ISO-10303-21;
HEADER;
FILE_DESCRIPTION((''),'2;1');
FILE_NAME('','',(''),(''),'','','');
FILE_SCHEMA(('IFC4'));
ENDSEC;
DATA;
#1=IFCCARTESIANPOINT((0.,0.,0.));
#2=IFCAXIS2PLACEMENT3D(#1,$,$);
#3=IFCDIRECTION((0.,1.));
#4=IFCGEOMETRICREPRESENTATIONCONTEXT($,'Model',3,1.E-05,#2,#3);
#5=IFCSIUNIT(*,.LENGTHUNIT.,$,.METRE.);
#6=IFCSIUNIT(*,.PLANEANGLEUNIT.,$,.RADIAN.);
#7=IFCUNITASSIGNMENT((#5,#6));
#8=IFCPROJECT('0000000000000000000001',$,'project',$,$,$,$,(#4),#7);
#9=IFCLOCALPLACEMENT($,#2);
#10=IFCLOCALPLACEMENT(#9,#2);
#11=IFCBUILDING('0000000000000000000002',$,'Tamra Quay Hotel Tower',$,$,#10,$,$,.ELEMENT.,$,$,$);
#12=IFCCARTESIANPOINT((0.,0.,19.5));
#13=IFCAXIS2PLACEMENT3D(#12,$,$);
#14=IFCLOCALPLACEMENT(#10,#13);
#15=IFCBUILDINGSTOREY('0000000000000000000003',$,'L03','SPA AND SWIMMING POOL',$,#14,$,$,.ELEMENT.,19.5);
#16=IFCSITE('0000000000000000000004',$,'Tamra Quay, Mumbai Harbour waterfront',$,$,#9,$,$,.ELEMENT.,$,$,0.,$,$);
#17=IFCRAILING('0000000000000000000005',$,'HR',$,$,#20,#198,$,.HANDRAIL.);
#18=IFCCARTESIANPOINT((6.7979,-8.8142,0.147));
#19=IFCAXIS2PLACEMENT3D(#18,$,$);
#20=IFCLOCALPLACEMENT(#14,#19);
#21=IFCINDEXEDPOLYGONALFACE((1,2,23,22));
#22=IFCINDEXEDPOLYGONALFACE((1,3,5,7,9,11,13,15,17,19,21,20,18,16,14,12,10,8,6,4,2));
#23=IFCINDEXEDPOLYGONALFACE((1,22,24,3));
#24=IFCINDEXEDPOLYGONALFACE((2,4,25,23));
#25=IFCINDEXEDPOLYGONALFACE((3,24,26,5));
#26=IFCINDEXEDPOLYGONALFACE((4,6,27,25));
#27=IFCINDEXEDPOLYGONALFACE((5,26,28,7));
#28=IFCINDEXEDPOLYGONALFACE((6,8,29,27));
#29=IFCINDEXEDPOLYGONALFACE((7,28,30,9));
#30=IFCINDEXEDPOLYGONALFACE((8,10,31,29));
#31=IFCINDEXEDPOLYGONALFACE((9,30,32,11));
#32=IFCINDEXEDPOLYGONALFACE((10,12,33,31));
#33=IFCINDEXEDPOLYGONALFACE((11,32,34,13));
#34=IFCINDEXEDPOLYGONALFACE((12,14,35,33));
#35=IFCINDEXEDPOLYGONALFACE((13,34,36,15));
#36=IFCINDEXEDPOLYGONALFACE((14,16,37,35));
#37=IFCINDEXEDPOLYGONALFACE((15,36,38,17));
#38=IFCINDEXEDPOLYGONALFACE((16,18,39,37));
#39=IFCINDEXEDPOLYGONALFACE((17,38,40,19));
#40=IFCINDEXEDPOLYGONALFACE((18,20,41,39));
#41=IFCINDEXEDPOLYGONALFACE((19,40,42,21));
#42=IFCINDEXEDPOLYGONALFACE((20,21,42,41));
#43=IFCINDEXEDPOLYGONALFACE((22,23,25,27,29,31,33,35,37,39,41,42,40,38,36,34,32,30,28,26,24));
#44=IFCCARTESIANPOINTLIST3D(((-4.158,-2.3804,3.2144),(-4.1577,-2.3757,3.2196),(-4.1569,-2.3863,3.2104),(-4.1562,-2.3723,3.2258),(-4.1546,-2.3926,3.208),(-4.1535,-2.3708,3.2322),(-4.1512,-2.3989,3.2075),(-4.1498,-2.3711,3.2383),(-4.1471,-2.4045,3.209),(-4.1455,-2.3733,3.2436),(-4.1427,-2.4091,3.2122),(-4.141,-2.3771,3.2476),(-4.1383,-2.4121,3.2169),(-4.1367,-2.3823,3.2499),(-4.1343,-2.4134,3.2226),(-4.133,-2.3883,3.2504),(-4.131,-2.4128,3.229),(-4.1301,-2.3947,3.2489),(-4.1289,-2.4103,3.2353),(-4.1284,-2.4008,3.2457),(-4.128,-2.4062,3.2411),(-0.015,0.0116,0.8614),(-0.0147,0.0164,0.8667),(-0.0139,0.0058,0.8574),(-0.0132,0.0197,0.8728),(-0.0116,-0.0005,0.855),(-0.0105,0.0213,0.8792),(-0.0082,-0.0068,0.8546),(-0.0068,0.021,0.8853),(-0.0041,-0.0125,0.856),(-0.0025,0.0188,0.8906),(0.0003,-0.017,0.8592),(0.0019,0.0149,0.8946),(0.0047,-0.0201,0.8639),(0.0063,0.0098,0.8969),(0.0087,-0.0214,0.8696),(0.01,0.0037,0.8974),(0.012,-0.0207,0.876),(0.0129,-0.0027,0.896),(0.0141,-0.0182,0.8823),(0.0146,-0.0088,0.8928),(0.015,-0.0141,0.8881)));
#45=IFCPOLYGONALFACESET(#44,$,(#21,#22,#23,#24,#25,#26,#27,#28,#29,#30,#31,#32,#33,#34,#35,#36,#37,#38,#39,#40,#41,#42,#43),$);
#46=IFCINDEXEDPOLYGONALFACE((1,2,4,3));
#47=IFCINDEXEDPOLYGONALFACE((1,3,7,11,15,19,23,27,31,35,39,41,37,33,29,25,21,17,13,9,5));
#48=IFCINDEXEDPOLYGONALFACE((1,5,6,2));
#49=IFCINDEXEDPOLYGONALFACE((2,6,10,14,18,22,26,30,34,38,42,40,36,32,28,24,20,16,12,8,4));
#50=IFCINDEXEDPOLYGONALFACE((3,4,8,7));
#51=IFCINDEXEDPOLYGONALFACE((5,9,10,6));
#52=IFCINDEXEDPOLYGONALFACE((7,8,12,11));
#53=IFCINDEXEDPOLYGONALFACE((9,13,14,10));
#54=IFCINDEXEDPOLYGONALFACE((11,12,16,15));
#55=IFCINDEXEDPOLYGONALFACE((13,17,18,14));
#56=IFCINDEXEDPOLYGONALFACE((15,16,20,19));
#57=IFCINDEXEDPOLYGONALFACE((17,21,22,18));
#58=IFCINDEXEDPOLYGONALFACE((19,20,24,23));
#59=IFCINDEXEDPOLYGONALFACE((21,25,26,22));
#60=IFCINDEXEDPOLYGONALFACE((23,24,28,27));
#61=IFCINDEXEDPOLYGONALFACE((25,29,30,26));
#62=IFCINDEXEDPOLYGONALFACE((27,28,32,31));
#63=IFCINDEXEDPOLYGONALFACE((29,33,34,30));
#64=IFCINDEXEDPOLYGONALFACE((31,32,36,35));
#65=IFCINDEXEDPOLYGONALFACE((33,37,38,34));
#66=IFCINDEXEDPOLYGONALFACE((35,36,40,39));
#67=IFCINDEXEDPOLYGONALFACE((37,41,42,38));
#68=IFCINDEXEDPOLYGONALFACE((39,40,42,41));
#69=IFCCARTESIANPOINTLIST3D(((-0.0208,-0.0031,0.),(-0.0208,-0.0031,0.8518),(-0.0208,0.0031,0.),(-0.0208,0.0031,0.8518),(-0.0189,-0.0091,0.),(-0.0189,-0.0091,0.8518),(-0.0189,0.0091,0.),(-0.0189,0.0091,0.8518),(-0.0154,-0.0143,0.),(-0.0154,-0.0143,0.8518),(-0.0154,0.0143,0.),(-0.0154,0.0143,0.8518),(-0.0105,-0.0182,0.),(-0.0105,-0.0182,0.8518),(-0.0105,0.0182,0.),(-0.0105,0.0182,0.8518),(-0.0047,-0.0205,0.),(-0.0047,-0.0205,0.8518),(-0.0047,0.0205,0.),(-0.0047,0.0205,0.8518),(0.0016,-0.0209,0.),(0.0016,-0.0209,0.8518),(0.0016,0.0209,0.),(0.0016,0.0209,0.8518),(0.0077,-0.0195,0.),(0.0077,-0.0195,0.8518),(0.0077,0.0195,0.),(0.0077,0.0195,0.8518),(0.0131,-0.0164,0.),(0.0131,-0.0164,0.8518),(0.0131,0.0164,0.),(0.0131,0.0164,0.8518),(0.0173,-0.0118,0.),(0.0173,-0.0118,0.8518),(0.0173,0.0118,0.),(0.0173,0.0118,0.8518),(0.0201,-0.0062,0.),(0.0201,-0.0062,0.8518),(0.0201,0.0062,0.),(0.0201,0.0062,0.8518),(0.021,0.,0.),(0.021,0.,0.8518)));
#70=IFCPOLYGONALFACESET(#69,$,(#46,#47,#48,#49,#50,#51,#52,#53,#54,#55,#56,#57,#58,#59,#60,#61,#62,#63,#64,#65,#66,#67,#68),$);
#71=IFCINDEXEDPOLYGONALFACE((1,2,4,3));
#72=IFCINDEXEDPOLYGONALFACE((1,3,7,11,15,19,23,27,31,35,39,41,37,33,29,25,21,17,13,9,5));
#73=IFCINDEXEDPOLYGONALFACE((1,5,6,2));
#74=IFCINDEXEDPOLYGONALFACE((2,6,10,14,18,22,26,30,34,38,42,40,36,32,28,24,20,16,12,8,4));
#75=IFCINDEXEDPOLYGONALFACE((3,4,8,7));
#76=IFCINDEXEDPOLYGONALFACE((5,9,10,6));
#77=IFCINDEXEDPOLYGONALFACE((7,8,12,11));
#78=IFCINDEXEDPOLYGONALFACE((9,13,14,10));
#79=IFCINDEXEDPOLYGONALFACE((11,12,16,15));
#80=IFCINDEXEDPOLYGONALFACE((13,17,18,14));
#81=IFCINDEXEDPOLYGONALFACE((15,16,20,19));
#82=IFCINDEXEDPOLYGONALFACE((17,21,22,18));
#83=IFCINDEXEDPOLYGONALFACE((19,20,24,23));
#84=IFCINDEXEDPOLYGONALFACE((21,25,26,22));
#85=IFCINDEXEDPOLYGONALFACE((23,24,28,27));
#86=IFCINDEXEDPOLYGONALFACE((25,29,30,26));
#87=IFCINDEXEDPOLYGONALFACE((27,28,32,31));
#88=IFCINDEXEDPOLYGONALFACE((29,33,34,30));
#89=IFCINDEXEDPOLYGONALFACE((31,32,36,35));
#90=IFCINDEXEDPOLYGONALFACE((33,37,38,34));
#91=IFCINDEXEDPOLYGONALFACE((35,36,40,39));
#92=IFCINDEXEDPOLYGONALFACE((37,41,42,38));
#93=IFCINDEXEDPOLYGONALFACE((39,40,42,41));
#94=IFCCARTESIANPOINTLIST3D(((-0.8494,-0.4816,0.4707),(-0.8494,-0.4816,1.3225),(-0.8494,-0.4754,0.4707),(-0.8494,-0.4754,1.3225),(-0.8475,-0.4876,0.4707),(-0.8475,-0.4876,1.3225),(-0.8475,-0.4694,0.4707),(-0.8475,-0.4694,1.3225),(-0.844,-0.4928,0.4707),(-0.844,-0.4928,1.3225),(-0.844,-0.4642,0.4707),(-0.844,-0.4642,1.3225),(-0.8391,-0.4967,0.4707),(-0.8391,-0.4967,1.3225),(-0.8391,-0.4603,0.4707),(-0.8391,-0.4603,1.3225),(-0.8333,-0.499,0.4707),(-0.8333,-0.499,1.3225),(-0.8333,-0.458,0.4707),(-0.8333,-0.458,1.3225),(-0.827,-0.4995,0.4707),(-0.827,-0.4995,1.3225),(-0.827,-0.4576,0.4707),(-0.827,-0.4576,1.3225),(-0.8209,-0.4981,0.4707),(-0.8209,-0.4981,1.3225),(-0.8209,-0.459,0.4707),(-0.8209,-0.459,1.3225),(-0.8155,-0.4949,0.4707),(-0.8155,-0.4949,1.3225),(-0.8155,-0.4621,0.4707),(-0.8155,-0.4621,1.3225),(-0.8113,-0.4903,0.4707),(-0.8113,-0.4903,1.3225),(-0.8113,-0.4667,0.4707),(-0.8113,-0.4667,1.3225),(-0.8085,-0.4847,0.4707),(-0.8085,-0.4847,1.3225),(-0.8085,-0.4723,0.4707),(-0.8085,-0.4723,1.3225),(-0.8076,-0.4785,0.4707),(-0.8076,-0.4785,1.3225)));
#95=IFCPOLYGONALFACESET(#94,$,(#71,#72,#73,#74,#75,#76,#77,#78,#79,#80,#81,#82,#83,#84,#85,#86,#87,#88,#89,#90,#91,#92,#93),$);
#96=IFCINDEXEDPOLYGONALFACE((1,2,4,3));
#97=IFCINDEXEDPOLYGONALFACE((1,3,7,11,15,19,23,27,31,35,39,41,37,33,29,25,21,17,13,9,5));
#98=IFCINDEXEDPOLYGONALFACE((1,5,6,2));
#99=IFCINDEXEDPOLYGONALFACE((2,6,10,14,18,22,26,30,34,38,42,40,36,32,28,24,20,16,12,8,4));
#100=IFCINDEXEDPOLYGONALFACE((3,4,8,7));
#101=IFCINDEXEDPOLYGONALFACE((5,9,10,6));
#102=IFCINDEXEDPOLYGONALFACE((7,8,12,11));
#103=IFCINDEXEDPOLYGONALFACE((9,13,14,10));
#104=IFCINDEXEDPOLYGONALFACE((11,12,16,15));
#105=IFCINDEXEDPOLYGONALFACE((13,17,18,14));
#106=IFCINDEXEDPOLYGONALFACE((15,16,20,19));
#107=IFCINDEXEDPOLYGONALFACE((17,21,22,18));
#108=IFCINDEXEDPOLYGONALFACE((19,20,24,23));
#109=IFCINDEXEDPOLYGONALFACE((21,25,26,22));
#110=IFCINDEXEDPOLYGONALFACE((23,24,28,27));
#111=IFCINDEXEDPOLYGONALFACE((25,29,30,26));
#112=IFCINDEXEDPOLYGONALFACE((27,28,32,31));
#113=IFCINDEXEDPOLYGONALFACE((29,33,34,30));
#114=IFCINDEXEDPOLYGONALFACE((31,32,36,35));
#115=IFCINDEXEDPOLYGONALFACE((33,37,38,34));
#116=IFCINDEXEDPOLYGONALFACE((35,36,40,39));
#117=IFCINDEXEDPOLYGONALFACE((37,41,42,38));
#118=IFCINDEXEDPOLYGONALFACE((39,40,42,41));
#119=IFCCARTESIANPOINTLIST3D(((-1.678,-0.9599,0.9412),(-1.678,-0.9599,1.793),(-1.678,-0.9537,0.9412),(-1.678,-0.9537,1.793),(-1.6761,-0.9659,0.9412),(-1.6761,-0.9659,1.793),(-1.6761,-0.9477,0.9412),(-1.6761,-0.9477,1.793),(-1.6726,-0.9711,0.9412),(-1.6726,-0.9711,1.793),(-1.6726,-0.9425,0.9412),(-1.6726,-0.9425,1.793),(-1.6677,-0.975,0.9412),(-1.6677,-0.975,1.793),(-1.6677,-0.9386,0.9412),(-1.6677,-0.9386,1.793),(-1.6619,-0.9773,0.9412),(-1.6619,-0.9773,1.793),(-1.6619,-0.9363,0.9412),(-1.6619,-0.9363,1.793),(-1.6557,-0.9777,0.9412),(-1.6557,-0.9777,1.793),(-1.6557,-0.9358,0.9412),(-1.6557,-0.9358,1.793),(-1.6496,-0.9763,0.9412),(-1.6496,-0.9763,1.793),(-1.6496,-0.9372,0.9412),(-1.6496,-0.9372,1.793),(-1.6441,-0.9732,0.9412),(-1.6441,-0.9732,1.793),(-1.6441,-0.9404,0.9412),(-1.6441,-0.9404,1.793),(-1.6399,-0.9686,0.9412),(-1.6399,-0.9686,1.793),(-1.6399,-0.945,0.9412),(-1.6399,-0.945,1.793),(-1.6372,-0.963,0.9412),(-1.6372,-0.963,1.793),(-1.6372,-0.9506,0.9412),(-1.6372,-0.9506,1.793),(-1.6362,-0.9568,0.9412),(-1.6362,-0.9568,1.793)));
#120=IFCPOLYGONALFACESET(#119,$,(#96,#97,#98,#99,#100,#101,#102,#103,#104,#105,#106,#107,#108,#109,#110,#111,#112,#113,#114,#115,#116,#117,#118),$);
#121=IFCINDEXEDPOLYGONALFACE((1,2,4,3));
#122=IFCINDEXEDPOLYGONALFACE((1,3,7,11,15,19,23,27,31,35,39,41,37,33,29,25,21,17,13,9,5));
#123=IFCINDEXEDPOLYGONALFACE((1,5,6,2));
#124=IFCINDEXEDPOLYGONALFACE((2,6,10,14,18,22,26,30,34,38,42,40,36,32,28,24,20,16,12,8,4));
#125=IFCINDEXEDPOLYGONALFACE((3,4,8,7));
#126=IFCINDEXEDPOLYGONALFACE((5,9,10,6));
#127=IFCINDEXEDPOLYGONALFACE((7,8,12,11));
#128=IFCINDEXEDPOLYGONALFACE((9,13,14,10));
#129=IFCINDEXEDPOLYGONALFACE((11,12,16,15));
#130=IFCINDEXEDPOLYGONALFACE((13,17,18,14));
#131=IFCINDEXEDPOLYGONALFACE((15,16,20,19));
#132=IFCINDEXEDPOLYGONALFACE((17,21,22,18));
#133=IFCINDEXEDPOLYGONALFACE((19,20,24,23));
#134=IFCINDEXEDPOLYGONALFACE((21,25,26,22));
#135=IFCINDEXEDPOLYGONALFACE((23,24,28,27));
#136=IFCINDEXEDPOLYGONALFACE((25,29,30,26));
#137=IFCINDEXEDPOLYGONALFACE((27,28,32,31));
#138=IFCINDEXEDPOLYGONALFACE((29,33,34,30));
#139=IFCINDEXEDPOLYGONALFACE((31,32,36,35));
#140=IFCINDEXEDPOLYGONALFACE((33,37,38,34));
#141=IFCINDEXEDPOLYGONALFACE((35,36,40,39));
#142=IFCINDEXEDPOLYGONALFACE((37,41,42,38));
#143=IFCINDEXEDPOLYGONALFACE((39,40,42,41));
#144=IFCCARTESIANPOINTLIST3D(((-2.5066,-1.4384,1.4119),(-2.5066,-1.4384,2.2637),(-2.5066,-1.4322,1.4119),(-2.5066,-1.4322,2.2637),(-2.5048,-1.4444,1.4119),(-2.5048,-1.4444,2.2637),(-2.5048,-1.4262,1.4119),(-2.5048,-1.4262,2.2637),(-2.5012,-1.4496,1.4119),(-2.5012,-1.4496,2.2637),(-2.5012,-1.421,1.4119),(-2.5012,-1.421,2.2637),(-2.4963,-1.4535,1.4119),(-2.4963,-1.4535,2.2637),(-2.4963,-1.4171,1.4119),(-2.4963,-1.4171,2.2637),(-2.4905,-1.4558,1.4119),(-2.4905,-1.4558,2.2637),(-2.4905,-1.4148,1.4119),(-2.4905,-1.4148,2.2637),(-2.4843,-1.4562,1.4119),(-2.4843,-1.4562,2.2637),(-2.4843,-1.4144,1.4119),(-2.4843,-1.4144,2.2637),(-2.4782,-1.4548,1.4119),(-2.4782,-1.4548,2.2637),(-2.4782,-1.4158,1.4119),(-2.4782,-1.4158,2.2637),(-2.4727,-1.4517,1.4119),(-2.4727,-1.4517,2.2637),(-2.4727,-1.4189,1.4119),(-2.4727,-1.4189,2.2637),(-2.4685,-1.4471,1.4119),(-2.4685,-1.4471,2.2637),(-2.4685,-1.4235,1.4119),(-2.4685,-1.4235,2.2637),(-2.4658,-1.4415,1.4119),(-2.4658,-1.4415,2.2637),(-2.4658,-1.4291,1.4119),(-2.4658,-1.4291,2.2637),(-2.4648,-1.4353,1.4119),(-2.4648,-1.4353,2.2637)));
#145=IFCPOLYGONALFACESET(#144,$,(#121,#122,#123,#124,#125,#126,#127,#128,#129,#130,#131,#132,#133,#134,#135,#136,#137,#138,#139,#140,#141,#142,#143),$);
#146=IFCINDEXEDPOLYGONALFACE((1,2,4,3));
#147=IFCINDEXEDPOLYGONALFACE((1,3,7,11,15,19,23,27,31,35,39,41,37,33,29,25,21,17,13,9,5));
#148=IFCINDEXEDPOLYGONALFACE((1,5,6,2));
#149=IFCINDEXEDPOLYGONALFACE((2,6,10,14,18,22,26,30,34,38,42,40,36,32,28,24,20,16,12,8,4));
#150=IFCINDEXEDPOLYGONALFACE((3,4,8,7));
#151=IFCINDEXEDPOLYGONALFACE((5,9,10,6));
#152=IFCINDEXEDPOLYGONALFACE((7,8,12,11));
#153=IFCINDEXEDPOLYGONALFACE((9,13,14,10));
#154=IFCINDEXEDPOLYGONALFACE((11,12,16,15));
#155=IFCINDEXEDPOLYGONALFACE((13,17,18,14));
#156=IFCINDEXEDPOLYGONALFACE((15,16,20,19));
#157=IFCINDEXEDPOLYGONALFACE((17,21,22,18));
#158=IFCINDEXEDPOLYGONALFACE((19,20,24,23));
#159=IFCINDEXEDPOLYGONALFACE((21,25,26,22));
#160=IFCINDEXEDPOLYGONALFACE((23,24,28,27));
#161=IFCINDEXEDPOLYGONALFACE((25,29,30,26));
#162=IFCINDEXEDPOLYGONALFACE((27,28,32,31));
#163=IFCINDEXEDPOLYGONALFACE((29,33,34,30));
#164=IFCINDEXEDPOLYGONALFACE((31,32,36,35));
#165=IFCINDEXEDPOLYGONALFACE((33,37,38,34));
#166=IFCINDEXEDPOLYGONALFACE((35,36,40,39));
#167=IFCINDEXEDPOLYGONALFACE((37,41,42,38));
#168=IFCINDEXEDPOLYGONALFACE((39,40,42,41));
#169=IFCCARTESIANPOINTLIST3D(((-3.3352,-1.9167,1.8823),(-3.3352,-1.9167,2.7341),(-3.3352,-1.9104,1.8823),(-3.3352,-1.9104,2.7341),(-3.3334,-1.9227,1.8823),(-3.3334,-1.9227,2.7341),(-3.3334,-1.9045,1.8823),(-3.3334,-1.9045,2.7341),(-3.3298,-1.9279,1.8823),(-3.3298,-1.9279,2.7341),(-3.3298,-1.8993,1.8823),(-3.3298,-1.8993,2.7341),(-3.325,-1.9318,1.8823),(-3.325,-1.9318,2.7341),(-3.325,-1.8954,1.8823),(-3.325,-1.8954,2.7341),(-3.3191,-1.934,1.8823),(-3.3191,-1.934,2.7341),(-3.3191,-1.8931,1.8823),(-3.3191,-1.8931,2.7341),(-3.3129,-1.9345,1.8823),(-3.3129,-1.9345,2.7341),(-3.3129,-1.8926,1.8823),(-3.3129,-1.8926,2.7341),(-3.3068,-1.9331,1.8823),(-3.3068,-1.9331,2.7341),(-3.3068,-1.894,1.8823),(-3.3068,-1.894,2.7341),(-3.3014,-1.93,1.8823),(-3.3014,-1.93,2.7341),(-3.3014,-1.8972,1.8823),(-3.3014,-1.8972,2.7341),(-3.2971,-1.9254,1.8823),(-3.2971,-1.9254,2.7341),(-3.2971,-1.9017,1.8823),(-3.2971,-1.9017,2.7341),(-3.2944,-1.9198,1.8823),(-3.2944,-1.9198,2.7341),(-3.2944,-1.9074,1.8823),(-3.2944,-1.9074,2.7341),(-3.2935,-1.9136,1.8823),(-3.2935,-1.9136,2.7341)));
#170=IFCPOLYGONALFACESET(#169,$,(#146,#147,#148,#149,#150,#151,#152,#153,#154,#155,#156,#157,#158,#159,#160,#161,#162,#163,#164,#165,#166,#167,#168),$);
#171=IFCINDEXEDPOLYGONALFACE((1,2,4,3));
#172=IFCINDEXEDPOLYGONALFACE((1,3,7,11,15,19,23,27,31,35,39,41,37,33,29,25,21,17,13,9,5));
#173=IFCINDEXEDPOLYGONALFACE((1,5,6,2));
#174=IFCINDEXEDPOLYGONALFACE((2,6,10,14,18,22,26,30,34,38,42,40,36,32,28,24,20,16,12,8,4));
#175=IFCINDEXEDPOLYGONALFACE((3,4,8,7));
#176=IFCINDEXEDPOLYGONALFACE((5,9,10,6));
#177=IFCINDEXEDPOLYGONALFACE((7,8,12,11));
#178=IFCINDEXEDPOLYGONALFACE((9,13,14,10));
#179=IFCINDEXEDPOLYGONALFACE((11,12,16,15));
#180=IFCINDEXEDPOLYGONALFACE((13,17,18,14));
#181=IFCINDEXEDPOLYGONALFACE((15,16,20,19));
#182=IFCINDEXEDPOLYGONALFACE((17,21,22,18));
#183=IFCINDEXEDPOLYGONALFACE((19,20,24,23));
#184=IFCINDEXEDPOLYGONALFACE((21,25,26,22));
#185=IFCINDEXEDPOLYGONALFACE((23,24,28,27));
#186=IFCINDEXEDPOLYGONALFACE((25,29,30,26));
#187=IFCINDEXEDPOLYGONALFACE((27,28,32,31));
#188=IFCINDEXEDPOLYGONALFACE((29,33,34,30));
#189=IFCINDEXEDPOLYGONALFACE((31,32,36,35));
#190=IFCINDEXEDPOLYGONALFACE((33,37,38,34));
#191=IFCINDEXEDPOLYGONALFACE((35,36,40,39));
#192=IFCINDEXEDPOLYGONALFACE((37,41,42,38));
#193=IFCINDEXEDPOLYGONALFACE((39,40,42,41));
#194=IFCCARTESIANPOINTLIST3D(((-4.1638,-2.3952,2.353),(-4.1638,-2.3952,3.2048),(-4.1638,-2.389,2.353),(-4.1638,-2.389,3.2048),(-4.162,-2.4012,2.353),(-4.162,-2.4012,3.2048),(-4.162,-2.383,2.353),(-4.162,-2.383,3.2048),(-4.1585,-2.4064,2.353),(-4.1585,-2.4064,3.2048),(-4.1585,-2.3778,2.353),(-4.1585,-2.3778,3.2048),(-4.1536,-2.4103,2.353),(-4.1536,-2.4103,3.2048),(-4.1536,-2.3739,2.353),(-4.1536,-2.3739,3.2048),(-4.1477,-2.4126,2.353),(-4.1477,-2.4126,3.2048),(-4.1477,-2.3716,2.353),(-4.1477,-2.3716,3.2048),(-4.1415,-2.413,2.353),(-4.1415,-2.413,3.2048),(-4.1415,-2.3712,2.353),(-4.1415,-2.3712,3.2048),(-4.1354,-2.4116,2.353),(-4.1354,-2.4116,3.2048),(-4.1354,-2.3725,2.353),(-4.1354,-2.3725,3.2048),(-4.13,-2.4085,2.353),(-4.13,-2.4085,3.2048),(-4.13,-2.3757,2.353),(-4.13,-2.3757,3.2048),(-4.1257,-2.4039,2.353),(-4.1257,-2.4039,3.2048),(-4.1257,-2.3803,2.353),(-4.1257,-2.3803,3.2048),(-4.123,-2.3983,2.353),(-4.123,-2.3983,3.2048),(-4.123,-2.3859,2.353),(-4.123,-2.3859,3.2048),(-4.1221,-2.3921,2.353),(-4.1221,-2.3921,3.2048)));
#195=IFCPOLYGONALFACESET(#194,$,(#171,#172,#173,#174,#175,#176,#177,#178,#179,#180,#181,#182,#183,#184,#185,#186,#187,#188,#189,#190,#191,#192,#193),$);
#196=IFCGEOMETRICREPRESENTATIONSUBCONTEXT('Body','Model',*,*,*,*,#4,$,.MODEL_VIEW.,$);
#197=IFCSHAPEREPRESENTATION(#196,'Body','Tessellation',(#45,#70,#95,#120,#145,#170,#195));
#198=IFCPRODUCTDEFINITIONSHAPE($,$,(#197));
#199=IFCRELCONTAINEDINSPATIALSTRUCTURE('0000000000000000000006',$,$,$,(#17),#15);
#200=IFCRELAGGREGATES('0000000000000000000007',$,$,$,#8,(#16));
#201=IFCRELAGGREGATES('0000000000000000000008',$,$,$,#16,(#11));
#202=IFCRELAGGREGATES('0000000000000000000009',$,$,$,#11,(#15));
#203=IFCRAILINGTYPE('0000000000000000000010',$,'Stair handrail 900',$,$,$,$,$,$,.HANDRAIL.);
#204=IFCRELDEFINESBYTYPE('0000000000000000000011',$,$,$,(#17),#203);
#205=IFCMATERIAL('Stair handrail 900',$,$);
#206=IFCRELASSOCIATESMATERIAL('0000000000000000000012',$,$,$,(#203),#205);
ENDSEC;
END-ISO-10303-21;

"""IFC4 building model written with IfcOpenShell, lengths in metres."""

from ifc_helpers import new_model, si_unit, direction, frame, origin, origin_2d, place, context, subcontext, project, spatial, circle, extrude, material, type_object, element, save


model = new_model("IFC4")

# Units and contexts
model_context = context("Model", 3, precision=1e-05, world=origin(), true_north=direction((0.0, 1.0)))
body_context = subcontext(model_context, "Body", "Model", "MODEL_VIEW")
ifc_project = project(units=[si_unit("LENGTHUNIT", "METRE"), si_unit("PLANEANGLEUNIT", "RADIAN")], contexts=[model_context])

# Site, building, storey
site_placement = place(None, origin())
site = spatial("IfcSite", under=ifc_project, at=site_placement, Name="Tamra Quay, Mumbai Harbour waterfront", CompositionType="ELEMENT", RefElevation=0.0)
building_placement = place(site_placement, origin())
building = spatial("IfcBuilding", under=site, at=building_placement, Name="Tamra Quay Hotel Tower", CompositionType="ELEMENT")
storey_placement = place(building_placement, frame((0.0, 0.0, 19.5)))
storey = spatial("IfcBuildingStorey", under=building, at=storey_placement, Name="L03", Description="SPA AND SWIMMING POOL", CompositionType="ELEMENT", Elevation=19.5)

# Railing
ifc_material_1 = material(Name="Stair handrail 900")
railing_type_1 = type_object("IfcRailingType", Name="Stair handrail 900", PredefinedType="HANDRAIL", material=ifc_material_1)
railing_1_placement = place(storey_placement, frame((6.7979, -8.8142, 0.147)))
element("IfcRailing", 1, at=railing_1_placement, inside=storey, type_object=railing_type_1, Name="HR", PredefinedType="HANDRAIL", context=body_context, shape_type="SweptSolid", body=[
    extrude(circle(Radius=0.0239, at=origin_2d()), frame((0.0, 0.0, 0.876), z_axis=(-0.777107, -0.448679, 0.441353), x_axis=(0.500014, -0.866017, 0.0)), (0.0, 0.0, 1.0), 5.3313),
    extrude(circle(Radius=0.021, at=origin_2d()), origin(), (0.0, 0.0, 1.0), 0.8518),
    extrude(circle(Radius=0.021, at=origin_2d()), frame((-0.8286, -0.4785, 0.4707)), (0.0, 0.0, 1.0), 0.8518),
    extrude(circle(Radius=0.021, at=origin_2d()), frame((-1.6572, -0.9568, 0.9412)), (0.0, 0.0, 1.0), 0.8518),
    extrude(circle(Radius=0.021, at=origin_2d()), frame((-2.4858, -1.4353, 1.4119)), (0.0, 0.0, 1.0), 0.8518),
    extrude(circle(Radius=0.021, at=origin_2d()), frame((-3.3145, -1.9136, 1.8823)), (0.0, 0.0, 1.0), 0.8518),
    extrude(circle(Radius=0.021, at=origin_2d()), frame((-4.1431, -2.3921, 2.353)), (0.0, 0.0, 1.0), 0.8518),
])

save(model, "model.ifc")
